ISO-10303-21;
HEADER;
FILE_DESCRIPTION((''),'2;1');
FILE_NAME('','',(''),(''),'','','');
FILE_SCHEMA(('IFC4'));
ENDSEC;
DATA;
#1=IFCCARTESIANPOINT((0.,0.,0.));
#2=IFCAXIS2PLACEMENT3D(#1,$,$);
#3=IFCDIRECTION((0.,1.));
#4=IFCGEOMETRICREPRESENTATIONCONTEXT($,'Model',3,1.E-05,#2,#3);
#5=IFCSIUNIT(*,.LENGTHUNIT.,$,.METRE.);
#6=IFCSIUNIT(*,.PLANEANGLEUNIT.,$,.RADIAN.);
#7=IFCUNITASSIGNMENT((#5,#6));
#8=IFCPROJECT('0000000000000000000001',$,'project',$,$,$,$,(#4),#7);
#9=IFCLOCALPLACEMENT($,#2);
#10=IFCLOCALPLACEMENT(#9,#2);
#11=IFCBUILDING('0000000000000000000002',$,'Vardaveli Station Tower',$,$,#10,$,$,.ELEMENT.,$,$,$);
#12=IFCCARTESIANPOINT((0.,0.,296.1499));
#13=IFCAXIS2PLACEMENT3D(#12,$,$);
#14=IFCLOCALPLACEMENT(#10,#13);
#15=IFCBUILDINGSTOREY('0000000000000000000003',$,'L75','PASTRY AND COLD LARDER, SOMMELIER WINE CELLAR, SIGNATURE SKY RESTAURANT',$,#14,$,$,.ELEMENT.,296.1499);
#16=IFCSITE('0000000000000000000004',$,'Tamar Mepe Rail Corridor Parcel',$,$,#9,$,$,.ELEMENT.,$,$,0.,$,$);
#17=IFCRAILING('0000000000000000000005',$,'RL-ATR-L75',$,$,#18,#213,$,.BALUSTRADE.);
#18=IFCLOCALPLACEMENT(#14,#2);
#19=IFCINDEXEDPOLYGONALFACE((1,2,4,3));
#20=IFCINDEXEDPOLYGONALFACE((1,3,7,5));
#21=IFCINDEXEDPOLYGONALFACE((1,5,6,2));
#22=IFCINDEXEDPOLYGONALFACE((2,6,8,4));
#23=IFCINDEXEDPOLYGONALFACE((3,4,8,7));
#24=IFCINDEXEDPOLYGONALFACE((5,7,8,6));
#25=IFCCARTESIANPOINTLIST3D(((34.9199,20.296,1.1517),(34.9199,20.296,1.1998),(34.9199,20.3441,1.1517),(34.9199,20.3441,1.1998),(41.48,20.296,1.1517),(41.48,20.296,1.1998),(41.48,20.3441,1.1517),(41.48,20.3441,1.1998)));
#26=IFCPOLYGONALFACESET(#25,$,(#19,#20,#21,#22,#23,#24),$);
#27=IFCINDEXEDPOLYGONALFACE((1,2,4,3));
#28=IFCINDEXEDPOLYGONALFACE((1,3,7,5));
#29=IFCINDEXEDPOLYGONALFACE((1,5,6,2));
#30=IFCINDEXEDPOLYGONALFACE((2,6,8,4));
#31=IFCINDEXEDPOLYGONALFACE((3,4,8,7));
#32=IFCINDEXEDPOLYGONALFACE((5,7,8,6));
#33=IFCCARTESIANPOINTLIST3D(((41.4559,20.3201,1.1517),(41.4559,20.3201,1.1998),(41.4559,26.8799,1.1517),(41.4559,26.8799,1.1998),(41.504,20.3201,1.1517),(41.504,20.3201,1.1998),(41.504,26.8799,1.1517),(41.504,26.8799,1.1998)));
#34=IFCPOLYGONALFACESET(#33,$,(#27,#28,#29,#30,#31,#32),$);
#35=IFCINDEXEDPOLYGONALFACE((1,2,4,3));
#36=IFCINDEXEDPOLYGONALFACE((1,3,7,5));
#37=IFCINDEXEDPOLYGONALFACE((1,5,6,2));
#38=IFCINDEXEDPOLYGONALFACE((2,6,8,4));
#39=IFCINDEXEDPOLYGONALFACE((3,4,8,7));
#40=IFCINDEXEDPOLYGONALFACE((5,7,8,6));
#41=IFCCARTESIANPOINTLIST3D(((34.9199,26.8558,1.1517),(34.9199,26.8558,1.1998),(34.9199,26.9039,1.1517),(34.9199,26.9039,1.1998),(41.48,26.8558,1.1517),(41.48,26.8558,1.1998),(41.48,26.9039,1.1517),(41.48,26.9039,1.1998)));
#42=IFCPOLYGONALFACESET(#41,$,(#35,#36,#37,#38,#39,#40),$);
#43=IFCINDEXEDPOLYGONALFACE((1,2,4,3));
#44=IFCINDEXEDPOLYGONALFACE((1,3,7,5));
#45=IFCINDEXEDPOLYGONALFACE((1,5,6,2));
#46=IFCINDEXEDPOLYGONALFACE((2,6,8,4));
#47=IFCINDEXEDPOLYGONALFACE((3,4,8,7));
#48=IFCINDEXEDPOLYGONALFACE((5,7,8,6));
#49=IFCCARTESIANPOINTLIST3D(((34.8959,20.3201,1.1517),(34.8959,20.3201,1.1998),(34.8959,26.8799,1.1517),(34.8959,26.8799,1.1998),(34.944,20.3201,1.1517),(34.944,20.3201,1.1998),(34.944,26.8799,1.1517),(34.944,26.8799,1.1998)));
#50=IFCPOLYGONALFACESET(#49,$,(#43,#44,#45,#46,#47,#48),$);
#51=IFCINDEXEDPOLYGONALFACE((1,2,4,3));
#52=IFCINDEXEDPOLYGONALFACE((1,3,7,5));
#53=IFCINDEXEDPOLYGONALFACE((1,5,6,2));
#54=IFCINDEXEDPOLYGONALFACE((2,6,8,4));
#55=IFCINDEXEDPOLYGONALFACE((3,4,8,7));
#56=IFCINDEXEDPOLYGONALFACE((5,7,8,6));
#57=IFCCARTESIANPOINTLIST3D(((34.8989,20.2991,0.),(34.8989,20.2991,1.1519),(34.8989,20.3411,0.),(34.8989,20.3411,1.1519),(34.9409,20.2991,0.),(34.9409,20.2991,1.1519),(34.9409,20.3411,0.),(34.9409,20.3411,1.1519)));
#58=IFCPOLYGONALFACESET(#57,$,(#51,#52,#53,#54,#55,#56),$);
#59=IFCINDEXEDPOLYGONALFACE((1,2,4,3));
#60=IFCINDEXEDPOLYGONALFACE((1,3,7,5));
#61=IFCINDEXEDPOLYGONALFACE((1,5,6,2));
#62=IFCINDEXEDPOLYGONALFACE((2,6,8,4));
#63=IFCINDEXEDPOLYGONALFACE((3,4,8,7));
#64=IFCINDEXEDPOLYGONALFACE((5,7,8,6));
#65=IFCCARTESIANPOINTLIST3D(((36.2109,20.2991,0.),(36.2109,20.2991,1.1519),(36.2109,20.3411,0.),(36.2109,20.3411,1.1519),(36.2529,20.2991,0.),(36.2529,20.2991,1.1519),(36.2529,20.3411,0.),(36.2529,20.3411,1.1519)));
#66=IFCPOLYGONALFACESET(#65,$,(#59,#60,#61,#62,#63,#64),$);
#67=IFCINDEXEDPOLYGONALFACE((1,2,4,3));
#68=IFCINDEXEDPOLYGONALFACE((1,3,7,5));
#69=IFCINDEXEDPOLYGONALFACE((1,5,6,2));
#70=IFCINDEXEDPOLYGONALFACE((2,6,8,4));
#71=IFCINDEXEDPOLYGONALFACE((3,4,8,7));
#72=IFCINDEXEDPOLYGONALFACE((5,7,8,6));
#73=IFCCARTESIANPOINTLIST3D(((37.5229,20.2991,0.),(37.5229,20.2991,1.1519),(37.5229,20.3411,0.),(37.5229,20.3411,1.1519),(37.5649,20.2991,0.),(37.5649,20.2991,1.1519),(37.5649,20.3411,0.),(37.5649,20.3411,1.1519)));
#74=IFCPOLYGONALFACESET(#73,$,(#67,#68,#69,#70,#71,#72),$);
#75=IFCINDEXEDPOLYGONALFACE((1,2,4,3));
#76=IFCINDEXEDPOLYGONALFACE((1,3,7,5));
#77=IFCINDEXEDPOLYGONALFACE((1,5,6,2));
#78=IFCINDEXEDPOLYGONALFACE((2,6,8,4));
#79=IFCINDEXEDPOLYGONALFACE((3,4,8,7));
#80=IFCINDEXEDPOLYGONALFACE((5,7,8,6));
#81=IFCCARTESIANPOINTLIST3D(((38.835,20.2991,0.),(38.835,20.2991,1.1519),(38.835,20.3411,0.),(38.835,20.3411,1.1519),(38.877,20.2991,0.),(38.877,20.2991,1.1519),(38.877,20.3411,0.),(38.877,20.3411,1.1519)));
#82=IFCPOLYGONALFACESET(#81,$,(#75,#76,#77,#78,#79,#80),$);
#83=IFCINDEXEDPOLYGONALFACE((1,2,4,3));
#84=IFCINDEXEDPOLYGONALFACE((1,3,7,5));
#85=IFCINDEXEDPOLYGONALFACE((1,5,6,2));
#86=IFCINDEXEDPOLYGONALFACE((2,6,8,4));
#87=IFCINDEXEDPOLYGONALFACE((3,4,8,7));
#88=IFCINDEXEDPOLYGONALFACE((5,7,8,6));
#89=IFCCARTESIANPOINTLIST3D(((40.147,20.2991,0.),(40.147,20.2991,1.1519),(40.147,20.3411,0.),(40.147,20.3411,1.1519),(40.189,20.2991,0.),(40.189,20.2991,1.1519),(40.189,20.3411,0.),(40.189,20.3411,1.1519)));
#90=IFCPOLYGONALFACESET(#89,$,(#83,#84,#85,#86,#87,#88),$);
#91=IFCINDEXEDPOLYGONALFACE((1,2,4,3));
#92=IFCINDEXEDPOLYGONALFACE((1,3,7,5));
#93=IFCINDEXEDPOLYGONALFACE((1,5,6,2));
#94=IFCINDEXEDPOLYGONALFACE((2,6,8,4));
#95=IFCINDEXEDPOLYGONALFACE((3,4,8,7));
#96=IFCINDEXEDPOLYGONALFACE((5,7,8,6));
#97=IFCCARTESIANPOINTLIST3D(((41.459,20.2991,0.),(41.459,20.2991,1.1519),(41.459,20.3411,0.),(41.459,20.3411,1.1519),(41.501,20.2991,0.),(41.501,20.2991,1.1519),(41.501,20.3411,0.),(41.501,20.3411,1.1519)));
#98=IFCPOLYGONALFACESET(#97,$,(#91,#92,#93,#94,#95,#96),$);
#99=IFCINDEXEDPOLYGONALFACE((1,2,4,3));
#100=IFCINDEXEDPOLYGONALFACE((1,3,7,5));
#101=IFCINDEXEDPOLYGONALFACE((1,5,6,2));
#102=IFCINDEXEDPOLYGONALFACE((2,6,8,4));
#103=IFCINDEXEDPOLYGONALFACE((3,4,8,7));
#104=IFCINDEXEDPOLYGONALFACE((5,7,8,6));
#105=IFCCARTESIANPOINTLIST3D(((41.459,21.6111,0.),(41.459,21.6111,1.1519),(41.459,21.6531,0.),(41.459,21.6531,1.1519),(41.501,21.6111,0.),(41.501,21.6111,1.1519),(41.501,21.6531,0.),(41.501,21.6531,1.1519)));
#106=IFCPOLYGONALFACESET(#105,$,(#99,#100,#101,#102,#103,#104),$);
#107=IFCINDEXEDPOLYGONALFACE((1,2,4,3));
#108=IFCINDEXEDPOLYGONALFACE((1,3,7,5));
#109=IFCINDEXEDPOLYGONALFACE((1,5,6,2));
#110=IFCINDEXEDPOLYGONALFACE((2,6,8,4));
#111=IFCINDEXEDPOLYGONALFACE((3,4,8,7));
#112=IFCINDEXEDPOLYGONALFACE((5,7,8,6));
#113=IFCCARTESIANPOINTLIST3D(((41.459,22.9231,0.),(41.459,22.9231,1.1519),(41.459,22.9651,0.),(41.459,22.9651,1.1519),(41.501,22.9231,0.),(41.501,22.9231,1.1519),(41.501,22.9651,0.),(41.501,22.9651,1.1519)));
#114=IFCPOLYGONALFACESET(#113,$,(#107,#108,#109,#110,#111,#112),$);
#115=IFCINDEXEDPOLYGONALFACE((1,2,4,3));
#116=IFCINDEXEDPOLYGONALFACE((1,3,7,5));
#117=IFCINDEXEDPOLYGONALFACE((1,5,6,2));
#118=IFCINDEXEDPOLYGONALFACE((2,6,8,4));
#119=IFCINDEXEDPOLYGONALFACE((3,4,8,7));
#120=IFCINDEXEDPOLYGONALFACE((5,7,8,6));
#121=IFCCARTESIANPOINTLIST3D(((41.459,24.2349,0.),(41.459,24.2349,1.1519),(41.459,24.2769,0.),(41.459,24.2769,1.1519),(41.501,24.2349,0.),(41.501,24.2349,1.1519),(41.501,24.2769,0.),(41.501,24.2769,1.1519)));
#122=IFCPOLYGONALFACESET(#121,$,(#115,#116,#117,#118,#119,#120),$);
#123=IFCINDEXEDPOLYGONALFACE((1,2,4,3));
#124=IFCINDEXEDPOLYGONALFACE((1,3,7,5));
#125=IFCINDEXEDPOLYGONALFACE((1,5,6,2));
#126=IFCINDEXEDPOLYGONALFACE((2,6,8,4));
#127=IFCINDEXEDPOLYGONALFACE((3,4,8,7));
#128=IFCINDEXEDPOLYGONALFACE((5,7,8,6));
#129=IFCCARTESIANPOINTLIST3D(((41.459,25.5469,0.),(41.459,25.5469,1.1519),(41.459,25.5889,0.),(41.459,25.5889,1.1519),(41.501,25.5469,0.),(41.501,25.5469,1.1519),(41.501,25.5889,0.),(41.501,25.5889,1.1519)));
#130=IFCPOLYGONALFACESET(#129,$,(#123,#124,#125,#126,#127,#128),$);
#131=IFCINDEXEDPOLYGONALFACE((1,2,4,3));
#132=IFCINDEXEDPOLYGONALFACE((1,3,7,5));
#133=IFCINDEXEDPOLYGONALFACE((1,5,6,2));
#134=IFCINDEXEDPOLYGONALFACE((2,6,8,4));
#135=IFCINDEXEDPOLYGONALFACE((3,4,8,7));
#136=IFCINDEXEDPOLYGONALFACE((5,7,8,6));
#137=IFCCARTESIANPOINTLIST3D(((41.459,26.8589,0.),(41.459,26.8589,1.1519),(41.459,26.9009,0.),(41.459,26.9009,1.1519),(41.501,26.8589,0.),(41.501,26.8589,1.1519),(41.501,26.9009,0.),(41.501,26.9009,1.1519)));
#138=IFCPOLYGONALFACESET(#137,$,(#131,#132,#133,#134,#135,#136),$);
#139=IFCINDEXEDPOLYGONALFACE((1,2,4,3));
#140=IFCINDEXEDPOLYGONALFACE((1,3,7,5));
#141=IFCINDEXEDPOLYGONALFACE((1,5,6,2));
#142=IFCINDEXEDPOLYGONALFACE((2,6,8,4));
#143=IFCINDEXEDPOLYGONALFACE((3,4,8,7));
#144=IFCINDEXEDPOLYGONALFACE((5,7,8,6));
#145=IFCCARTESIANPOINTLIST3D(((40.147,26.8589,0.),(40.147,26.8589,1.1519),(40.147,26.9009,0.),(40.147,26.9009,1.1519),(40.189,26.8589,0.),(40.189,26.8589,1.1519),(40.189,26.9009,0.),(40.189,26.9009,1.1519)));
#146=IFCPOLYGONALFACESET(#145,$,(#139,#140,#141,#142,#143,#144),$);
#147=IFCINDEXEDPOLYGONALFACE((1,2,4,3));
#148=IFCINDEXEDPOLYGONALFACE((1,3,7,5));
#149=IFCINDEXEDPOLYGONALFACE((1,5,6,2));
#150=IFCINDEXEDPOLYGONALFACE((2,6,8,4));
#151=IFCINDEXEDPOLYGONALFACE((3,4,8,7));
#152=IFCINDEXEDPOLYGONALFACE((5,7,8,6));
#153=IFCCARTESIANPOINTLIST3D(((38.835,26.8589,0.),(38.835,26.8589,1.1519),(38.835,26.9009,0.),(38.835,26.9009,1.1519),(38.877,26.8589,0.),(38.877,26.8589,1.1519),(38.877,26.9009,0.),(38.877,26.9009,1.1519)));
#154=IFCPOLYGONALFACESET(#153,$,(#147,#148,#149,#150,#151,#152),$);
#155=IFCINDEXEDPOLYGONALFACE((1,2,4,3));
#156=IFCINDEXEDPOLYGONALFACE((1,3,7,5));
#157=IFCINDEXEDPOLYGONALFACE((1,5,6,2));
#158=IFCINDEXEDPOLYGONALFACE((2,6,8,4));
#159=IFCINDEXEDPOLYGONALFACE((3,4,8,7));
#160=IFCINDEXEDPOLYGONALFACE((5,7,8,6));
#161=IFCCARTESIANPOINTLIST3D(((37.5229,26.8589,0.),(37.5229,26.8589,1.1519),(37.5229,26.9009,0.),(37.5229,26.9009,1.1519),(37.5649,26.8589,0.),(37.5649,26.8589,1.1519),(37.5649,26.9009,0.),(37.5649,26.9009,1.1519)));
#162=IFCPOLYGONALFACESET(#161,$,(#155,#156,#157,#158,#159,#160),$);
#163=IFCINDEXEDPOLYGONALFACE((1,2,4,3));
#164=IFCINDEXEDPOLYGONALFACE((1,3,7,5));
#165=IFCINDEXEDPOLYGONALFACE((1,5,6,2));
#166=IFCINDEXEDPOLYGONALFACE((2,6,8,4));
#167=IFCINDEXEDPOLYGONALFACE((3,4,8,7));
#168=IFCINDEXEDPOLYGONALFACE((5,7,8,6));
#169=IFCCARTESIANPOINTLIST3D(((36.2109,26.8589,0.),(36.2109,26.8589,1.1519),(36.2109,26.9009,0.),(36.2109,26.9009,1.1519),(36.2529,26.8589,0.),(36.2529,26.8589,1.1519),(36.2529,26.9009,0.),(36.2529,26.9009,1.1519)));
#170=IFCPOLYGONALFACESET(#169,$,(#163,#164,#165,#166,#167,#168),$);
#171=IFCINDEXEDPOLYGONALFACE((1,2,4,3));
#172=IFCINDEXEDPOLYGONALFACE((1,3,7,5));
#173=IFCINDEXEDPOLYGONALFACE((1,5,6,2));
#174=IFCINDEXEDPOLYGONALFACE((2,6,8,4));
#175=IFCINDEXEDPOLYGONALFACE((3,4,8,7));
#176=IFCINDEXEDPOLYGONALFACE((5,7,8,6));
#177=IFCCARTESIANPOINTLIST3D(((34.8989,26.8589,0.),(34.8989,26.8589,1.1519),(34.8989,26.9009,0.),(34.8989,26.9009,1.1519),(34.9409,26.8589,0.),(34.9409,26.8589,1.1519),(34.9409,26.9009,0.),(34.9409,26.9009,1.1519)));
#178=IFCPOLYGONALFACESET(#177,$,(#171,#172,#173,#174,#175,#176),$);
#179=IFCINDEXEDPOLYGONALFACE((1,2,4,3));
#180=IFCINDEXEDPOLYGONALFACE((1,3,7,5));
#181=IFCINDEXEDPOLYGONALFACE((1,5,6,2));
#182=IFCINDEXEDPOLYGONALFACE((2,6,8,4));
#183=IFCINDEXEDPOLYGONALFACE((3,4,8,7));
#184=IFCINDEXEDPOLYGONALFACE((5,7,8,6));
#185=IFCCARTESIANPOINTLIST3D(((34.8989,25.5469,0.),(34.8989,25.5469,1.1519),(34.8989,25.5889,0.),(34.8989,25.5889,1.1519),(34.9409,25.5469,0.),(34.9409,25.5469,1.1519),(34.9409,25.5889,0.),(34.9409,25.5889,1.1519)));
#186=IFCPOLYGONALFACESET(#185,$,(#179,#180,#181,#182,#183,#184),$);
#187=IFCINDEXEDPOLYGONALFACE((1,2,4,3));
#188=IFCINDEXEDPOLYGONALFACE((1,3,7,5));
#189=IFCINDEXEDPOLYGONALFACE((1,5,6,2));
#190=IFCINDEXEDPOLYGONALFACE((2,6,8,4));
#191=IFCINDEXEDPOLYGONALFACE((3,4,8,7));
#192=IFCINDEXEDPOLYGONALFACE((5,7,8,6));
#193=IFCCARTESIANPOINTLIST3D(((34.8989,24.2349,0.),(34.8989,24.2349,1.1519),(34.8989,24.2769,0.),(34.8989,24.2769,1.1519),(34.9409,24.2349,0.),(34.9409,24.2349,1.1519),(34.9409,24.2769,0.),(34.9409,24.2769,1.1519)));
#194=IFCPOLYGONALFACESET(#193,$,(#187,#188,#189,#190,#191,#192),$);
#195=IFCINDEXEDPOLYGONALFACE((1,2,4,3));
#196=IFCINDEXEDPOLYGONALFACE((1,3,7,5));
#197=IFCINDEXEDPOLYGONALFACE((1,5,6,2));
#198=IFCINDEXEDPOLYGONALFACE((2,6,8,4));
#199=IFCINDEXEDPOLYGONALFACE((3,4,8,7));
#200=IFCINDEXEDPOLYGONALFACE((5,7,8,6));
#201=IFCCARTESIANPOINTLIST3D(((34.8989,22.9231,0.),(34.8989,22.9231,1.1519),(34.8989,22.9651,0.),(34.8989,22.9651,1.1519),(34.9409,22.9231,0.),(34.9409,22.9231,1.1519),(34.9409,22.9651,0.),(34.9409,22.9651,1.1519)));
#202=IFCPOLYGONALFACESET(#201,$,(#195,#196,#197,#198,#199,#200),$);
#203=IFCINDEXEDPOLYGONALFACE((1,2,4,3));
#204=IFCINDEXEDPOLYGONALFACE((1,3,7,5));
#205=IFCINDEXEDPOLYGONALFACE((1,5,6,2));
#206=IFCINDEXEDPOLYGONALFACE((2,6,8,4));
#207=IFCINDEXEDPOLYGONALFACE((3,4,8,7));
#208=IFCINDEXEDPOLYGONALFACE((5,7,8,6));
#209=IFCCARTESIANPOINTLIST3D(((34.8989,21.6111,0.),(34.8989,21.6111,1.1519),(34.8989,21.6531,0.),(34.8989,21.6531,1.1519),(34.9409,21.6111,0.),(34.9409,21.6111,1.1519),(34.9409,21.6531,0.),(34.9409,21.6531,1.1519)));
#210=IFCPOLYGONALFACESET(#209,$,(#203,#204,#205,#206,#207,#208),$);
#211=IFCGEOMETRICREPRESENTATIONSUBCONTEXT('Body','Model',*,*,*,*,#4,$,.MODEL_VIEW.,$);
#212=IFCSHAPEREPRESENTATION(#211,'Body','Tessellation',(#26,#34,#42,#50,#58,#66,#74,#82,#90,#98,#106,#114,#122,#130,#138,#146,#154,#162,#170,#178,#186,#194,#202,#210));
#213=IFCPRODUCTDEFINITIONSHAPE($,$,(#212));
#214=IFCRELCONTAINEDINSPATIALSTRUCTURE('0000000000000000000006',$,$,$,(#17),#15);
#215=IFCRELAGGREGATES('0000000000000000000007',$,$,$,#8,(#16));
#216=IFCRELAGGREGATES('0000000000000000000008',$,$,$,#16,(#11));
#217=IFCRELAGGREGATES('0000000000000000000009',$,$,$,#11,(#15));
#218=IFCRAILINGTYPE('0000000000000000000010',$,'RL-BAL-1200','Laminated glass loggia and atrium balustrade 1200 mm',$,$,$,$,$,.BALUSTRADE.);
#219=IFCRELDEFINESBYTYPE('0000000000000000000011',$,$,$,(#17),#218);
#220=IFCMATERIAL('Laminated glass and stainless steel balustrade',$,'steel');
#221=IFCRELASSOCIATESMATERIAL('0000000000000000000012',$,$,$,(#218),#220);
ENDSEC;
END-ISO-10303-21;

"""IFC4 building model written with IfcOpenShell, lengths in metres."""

from ifc_helpers import new_model, si_unit, direction, frame, origin, origin_2d, place, context, subcontext, project, spatial, rectangle, extrude, source, transform, mapped, material, type_object, element, save


model = new_model("IFC4")

# Units and contexts
model_context = context("Model", 3, precision=1e-05, world=origin(), true_north=direction((0.0, 1.0)))
body_context = subcontext(model_context, "Body", "Model", "MODEL_VIEW")
ifc_project = project(units=[si_unit("LENGTHUNIT", "METRE"), si_unit("PLANEANGLEUNIT", "RADIAN")], contexts=[model_context])

# Site, building, storey
site_placement = place(None, origin())
site = spatial("IfcSite", under=ifc_project, at=site_placement, Name="Tamar Mepe Rail Corridor Parcel", CompositionType="ELEMENT", RefElevation=0.0)
building_placement = place(site_placement, origin())
building = spatial("IfcBuilding", under=site, at=building_placement, Name="Vardaveli Station Tower", CompositionType="ELEMENT")
storey_placement = place(building_placement, frame((0.0, 0.0, 296.1499)))
storey = spatial("IfcBuildingStorey", under=building, at=storey_placement, Name="L75", Description="PASTRY AND COLD LARDER, SOMMELIER WINE CELLAR, SIGNATURE SKY RESTAURANT", CompositionType="ELEMENT", Elevation=296.1499)

# Railing
ifc_material_1 = material(Name="Laminated glass and stainless steel balustrade", Category="steel")
railing_type = type_object("IfcRailingType", Name="RL-BAL-1200", Description="Laminated glass loggia and atrium balustrade 1200 mm", PredefinedType="BALUSTRADE", material=ifc_material_1)
shared_shape_1 = source(origin(), body_context, "Body", "SweptSolid", [
    extrude(rectangle(XDim=0.0481, YDim=0.0481, at=origin_2d()), frame((0.0, 0.0, 1.1758), z_axis=(1.0, 0.0, 0.0), x_axis=(0.0, 1.0, 0.0)), (0.0, 0.0, 1.0), 6.5601),
    extrude(rectangle(XDim=0.0481, YDim=0.0481, at=origin_2d()), frame((6.5601, 0.0, 1.1758), z_axis=(0.0, 1.0, 0.0), x_axis=(-1.0, 0.0, 0.0)), (0.0, 0.0, 1.0), 6.5598),
    extrude(rectangle(XDim=0.0481, YDim=0.0481, at=origin_2d()), frame((6.5601, 6.5598, 1.1758), z_axis=(-1.0, 0.0, 0.0), x_axis=(0.0, -1.0, 0.0)), (0.0, 0.0, 1.0), 6.5601),
    extrude(rectangle(XDim=0.0481, YDim=0.0481, at=origin_2d()), frame((0.0, 6.5598, 1.1758), z_axis=(0.0, -1.0, 0.0), x_axis=(1.0, 0.0, 0.0)), (0.0, 0.0, 1.0), 6.5598),
    extrude(rectangle(XDim=0.042, YDim=0.042, at=origin_2d()), origin(), (0.0, 0.0, 1.0), 1.1519),
    extrude(rectangle(XDim=0.042, YDim=0.042, at=origin_2d()), frame((1.312, 0.0, 0.0)), (0.0, 0.0, 1.0), 1.1519),
    extrude(rectangle(XDim=0.042, YDim=0.042, at=origin_2d()), frame((2.624, 0.0, 0.0)), (0.0, 0.0, 1.0), 1.1519),
    extrude(rectangle(XDim=0.042, YDim=0.042, at=origin_2d()), frame((3.936, 0.0, 0.0)), (0.0, 0.0, 1.0), 1.1519),
    extrude(rectangle(XDim=0.042, YDim=0.042, at=origin_2d()), frame((5.248, 0.0, 0.0)), (0.0, 0.0, 1.0), 1.1519),
    extrude(rectangle(XDim=0.042, YDim=0.042, at=origin_2d()), frame((6.5601, 0.0, 0.0)), (0.0, 0.0, 1.0), 1.1519),
    extrude(rectangle(XDim=0.042, YDim=0.042, at=origin_2d()), frame((6.5601, 1.312, 0.0)), (0.0, 0.0, 1.0), 1.1519),
    extrude(rectangle(XDim=0.042, YDim=0.042, at=origin_2d()), frame((6.5601, 2.624, 0.0)), (0.0, 0.0, 1.0), 1.1519),
    extrude(rectangle(XDim=0.042, YDim=0.042, at=origin_2d()), frame((6.5601, 3.9358, 0.0)), (0.0, 0.0, 1.0), 1.1519),
    extrude(rectangle(XDim=0.042, YDim=0.042, at=origin_2d()), frame((6.5601, 5.2478, 0.0)), (0.0, 0.0, 1.0), 1.1519),
    extrude(rectangle(XDim=0.042, YDim=0.042, at=origin_2d()), frame((6.5601, 6.5598, 0.0)), (0.0, 0.0, 1.0), 1.1519),
    extrude(rectangle(XDim=0.042, YDim=0.042, at=origin_2d()), frame((5.248, 6.5598, 0.0)), (0.0, 0.0, 1.0), 1.1519),
    extrude(rectangle(XDim=0.042, YDim=0.042, at=origin_2d()), frame((3.936, 6.5598, 0.0)), (0.0, 0.0, 1.0), 1.1519),
    extrude(rectangle(XDim=0.042, YDim=0.042, at=origin_2d()), frame((2.624, 6.5598, 0.0)), (0.0, 0.0, 1.0), 1.1519),
    extrude(rectangle(XDim=0.042, YDim=0.042, at=origin_2d()), frame((1.312, 6.5598, 0.0)), (0.0, 0.0, 1.0), 1.1519),
    extrude(rectangle(XDim=0.042, YDim=0.042, at=origin_2d()), frame((0.0, 6.5598, 0.0)), (0.0, 0.0, 1.0), 1.1519),
    extrude(rectangle(XDim=0.042, YDim=0.042, at=origin_2d()), frame((0.0, 5.2478, 0.0)), (0.0, 0.0, 1.0), 1.1519),
    extrude(rectangle(XDim=0.042, YDim=0.042, at=origin_2d()), frame((0.0, 3.9358, 0.0)), (0.0, 0.0, 1.0), 1.1519),
    extrude(rectangle(XDim=0.042, YDim=0.042, at=origin_2d()), frame((0.0, 2.624, 0.0)), (0.0, 0.0, 1.0), 1.1519),
    extrude(rectangle(XDim=0.042, YDim=0.042, at=origin_2d()), frame((0.0, 1.312, 0.0)), (0.0, 0.0, 1.0), 1.1519),
])
railing_placement = place(storey_placement, frame((34.9199, 20.3201, 0.0)))
element("IfcRailing", 1, at=railing_placement, inside=storey, type_object=railing_type, Name="RL-ATR-L75", PredefinedType="BALUSTRADE", context=body_context, shape_type="MappedRepresentation", body=[
    mapped(shared_shape_1, transform((0.0, 0.0, 0.0), scale=1.0)),
])

save(model, "model.ifc")
